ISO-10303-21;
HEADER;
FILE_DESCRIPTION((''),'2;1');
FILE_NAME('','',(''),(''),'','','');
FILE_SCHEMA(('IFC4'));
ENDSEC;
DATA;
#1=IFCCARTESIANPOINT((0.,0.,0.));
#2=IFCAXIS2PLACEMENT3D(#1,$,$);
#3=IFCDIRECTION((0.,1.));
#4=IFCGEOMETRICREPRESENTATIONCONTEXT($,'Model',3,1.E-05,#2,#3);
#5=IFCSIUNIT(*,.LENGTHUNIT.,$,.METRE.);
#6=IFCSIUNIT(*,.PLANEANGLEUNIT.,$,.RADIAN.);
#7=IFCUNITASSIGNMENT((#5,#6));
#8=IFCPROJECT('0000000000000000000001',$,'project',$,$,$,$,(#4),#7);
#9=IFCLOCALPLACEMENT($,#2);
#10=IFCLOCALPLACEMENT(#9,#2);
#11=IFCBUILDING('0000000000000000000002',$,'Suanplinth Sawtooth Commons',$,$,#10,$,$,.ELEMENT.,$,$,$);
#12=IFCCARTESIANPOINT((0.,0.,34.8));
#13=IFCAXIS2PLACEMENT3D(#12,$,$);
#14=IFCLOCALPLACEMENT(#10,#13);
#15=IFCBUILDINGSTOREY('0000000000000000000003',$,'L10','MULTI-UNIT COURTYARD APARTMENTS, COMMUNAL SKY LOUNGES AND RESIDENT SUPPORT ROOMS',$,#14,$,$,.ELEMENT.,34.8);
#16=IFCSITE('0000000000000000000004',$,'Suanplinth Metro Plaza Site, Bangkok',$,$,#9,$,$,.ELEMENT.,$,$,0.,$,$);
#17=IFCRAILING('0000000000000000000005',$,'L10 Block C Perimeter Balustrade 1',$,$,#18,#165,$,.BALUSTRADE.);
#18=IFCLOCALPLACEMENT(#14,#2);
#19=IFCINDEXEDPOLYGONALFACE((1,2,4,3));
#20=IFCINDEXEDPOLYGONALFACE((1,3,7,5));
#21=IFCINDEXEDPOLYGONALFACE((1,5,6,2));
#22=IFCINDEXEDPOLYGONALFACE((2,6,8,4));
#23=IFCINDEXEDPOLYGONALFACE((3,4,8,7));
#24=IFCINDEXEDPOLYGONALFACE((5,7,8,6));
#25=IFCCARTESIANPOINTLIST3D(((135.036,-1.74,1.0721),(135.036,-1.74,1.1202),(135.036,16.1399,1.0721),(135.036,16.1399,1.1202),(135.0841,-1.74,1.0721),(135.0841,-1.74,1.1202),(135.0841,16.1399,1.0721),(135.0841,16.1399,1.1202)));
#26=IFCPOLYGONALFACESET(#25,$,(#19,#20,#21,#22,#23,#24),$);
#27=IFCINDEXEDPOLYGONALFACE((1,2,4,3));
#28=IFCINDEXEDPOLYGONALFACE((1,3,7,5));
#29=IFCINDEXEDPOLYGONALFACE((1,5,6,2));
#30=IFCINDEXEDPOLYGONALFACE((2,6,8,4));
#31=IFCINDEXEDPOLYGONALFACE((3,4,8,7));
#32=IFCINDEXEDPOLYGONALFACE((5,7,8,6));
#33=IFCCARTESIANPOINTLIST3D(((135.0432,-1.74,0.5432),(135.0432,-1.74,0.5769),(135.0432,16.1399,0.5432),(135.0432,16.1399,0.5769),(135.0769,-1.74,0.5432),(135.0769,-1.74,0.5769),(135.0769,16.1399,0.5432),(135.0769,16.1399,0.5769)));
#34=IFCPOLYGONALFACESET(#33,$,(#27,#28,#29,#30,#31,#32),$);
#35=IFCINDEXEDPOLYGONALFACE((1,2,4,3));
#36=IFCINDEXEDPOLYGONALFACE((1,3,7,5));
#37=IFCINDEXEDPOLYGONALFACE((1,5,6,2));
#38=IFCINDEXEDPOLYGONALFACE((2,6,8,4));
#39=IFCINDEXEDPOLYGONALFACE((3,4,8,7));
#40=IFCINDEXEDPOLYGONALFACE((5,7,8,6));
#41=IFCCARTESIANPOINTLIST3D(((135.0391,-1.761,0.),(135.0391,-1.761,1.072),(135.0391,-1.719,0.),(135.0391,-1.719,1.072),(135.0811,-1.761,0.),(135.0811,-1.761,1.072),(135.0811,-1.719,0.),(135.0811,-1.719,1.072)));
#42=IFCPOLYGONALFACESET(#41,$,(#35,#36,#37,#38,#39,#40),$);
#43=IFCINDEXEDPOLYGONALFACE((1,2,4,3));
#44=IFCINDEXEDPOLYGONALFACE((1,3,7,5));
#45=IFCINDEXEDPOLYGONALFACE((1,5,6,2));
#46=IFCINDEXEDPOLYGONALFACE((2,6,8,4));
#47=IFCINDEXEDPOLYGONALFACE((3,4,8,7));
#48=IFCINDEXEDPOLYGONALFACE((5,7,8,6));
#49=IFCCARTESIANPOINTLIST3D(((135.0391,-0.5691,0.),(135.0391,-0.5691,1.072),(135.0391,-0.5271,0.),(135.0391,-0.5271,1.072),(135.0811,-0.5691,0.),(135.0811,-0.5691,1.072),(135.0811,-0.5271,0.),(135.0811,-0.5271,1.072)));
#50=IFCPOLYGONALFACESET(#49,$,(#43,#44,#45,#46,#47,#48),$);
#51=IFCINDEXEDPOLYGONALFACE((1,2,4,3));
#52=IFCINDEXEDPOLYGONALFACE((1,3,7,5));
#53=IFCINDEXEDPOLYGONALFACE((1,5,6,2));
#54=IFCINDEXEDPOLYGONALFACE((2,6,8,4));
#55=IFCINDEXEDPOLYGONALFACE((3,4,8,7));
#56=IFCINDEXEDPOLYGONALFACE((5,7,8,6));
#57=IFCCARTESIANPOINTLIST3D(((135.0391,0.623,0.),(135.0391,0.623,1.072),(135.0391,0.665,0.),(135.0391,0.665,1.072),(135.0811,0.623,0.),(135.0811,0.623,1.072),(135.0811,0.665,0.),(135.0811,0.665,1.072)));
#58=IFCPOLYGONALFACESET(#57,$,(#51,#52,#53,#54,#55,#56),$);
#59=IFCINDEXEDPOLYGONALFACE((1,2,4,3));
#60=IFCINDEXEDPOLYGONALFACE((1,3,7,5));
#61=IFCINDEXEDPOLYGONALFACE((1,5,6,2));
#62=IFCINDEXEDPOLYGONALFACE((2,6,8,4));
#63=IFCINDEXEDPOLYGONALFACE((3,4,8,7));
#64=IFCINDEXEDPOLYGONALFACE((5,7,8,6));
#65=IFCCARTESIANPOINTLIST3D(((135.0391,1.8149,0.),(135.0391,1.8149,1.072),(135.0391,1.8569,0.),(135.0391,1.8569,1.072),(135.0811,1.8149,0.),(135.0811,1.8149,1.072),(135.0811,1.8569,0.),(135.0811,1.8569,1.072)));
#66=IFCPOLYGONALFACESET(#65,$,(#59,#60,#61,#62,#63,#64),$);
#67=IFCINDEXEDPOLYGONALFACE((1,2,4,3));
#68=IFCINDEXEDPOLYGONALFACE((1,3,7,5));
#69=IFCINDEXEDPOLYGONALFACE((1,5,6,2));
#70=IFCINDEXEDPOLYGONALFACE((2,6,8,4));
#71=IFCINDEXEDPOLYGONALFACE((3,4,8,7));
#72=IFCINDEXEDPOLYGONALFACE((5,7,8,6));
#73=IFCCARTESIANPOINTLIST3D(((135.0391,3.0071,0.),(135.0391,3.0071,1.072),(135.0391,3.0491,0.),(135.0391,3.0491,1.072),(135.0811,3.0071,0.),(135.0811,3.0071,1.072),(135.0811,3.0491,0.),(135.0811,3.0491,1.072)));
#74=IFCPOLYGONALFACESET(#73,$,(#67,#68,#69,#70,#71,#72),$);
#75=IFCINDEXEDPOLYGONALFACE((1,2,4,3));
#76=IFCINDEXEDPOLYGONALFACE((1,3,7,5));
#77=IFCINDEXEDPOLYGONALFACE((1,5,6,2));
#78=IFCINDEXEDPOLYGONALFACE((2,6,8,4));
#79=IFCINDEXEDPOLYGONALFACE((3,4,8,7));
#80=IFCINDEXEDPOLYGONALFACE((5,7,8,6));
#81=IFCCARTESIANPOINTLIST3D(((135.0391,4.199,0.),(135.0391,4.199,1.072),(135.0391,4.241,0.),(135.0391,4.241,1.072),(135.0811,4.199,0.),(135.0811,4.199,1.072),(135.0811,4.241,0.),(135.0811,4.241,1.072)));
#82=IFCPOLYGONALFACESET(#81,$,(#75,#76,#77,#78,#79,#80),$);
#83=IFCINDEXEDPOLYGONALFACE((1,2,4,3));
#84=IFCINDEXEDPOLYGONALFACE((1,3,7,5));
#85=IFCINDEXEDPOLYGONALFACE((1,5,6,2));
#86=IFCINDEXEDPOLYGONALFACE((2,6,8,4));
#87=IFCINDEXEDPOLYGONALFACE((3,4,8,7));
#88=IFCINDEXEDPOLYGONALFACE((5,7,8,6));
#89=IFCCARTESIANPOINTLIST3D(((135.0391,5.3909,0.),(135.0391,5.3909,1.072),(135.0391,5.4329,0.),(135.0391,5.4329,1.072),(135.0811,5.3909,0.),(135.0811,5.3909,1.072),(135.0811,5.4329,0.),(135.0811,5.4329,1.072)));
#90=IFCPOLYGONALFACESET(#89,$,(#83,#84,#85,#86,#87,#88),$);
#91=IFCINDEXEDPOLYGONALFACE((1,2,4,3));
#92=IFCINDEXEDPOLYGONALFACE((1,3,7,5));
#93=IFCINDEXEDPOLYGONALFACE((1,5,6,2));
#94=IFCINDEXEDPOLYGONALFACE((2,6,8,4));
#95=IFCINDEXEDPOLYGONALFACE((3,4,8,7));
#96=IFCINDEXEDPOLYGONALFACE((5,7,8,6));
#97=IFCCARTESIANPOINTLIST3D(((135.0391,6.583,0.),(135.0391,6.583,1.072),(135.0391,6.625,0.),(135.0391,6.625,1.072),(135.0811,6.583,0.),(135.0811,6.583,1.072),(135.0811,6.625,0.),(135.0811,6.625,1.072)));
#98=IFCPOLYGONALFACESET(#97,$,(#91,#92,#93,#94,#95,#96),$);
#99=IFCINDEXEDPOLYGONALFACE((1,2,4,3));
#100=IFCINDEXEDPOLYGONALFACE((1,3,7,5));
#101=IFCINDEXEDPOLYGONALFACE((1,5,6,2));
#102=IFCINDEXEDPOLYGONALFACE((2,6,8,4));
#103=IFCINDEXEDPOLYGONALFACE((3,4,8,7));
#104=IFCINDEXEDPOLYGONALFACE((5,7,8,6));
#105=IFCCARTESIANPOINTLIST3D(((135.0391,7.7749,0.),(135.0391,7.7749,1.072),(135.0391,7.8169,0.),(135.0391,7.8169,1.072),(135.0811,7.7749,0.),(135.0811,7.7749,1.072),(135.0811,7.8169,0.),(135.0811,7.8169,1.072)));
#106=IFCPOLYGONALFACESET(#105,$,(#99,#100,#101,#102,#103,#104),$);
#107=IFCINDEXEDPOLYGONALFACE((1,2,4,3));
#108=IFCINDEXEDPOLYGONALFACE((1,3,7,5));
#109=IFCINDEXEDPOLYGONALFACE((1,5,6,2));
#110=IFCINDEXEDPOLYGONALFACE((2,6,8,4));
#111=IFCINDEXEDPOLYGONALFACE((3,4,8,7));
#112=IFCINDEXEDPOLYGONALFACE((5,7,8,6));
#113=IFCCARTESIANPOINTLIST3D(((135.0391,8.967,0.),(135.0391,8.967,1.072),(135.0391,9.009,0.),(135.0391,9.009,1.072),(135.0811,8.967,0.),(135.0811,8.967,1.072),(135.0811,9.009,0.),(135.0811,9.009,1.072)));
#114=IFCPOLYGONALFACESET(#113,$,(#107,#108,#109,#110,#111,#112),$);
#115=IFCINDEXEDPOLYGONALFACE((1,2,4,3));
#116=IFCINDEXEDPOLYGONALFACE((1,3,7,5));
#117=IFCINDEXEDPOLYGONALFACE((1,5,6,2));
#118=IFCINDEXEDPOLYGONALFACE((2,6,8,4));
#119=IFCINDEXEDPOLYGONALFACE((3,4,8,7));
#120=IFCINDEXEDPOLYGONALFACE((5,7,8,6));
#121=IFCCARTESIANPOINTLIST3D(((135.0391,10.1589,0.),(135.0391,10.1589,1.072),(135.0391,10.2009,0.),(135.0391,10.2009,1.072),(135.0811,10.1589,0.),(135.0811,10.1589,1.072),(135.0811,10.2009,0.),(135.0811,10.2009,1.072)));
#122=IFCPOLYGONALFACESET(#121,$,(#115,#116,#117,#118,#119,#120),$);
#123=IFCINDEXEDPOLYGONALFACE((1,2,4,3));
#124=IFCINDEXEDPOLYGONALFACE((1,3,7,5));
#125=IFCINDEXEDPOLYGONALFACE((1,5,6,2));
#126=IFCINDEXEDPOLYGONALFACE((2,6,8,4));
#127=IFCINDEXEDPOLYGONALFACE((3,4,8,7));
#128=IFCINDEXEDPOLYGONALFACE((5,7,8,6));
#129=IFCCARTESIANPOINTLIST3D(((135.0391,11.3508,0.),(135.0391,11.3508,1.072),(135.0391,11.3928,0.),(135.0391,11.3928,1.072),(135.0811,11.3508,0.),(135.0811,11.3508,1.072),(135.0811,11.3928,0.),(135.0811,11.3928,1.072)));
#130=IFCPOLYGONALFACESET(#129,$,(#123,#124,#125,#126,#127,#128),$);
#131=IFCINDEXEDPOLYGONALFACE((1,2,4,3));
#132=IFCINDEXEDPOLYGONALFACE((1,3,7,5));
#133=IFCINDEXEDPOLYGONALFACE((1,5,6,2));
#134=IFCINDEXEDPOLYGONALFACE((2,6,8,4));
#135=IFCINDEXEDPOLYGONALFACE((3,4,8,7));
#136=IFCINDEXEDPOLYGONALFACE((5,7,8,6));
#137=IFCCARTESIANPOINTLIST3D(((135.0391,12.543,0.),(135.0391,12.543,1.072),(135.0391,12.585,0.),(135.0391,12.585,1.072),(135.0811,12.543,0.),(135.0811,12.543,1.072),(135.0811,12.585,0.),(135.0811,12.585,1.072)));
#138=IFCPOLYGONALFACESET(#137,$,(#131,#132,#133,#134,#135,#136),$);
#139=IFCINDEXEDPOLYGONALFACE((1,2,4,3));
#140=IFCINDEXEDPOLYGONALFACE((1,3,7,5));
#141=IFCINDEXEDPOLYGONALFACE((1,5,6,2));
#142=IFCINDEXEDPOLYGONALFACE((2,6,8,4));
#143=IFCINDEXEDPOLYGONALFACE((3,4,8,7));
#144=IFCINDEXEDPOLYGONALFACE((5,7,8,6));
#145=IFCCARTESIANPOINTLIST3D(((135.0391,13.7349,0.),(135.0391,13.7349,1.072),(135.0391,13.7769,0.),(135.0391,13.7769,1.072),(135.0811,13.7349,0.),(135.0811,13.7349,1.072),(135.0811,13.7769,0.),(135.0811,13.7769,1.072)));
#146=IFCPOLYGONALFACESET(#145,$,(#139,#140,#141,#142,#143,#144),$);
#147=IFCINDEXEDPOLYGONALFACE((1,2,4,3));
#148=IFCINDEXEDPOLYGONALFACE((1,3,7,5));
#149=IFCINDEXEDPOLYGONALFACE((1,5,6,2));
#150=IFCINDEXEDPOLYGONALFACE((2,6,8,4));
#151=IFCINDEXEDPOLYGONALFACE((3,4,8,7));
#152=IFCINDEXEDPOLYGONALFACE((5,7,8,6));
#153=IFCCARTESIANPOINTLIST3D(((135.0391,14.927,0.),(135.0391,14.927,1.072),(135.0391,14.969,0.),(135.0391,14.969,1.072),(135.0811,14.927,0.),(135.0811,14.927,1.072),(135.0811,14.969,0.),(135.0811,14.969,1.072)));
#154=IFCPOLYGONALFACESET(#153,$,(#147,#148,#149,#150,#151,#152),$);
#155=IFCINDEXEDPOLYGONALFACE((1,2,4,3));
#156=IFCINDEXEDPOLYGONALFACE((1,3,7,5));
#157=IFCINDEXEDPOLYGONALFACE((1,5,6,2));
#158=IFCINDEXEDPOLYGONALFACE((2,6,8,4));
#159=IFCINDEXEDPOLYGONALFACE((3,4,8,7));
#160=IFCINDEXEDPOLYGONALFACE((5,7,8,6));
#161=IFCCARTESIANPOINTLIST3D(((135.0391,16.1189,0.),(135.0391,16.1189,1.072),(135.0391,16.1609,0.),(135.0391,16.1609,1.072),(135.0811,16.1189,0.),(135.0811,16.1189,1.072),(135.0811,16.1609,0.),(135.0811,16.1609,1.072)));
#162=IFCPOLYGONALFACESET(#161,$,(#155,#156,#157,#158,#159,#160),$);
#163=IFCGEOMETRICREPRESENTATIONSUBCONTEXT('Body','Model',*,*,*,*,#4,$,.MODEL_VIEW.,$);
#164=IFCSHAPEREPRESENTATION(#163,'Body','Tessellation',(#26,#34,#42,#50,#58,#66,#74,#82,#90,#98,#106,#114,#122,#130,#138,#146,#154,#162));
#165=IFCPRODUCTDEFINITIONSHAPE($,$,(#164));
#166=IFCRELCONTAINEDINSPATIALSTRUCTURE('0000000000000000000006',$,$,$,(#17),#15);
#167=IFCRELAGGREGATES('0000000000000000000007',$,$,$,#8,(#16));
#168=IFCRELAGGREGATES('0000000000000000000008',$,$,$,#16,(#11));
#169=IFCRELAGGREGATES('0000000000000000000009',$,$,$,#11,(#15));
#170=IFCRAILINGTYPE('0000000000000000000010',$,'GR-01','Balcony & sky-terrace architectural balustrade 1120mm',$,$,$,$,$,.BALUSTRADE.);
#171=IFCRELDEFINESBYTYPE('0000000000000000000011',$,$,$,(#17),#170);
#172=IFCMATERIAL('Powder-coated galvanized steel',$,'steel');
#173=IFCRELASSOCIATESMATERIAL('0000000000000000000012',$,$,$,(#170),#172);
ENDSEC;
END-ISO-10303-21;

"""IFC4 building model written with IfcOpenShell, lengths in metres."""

from ifc_helpers import new_model, si_unit, direction, frame, origin, origin_2d, place, context, subcontext, project, spatial, rectangle, extrude, material, type_object, element, save


model = new_model("IFC4")

# Units and contexts
model_context = context("Model", 3, precision=1e-05, world=origin(), true_north=direction((0.0, 1.0)))
body_context = subcontext(model_context, "Body", "Model", "MODEL_VIEW")
ifc_project = project(units=[si_unit("LENGTHUNIT", "METRE"), si_unit("PLANEANGLEUNIT", "RADIAN")], contexts=[model_context])

# Site, building, storey
site_placement = place(None, origin())
site = spatial("IfcSite", under=ifc_project, at=site_placement, Name="Suanplinth Metro Plaza Site, Bangkok", CompositionType="ELEMENT", RefElevation=0.0)
building_placement = place(site_placement, origin())
building = spatial("IfcBuilding", under=site, at=building_placement, Name="Suanplinth Sawtooth Commons", CompositionType="ELEMENT")
storey_placement = place(building_placement, frame((0.0, 0.0, 34.8)))
storey = spatial("IfcBuildingStorey", under=building, at=storey_placement, Name="L10", Description="MULTI-UNIT COURTYARD APARTMENTS, COMMUNAL SKY LOUNGES AND RESIDENT SUPPORT ROOMS", CompositionType="ELEMENT", Elevation=34.8)

# Railing
ifc_material_1 = material(Name="Powder-coated galvanized steel", Category="steel")
railing_type = type_object("IfcRailingType", Name="GR-01", Description="Balcony & sky-terrace architectural balustrade 1120mm", PredefinedType="BALUSTRADE", material=ifc_material_1)
railing_placement = place(storey_placement, frame((135.0601, -1.74, 0.0)))
element("IfcRailing", 1, at=railing_placement, inside=storey, type_object=railing_type, Name="L10 Block C Perimeter Balustrade 1", PredefinedType="BALUSTRADE", context=body_context, shape_type="SweptSolid", body=[
    extrude(rectangle(XDim=0.0481, YDim=0.0481, at=origin_2d()), frame((0.0, 0.0, 1.0962), z_axis=(0.0, 1.0, 0.0), x_axis=(-1.0, 0.0, 0.0)), (0.0, 0.0, 1.0), 17.8799),
    extrude(rectangle(XDim=0.0337, YDim=0.0337, at=origin_2d()), frame((0.0, 0.0, 0.5601), z_axis=(0.0, 1.0, 0.0), x_axis=(-1.0, 0.0, 0.0)), (0.0, 0.0, 1.0), 17.8799),
    extrude(rectangle(XDim=0.042, YDim=0.042, at=origin_2d()), origin(), (0.0, 0.0, 1.0), 1.072),
    extrude(rectangle(XDim=0.042, YDim=0.042, at=origin_2d()), frame((0.0, 1.1919, 0.0)), (0.0, 0.0, 1.0), 1.072),
    extrude(rectangle(XDim=0.042, YDim=0.042, at=origin_2d()), frame((0.0, 2.384, 0.0)), (0.0, 0.0, 1.0), 1.072),
    extrude(rectangle(XDim=0.042, YDim=0.042, at=origin_2d()), frame((0.0, 3.5759, 0.0)), (0.0, 0.0, 1.0), 1.072),
    extrude(rectangle(XDim=0.042, YDim=0.042, at=origin_2d()), frame((0.0, 4.7681, 0.0)), (0.0, 0.0, 1.0), 1.072),
    extrude(rectangle(XDim=0.042, YDim=0.042, at=origin_2d()), frame((0.0, 5.96, 0.0)), (0.0, 0.0, 1.0), 1.072),
    extrude(rectangle(XDim=0.042, YDim=0.042, at=origin_2d()), frame((0.0, 7.1519, 0.0)), (0.0, 0.0, 1.0), 1.072),
    extrude(rectangle(XDim=0.042, YDim=0.042, at=origin_2d()), frame((0.0, 8.344, 0.0)), (0.0, 0.0, 1.0), 1.072),
    extrude(rectangle(XDim=0.042, YDim=0.042, at=origin_2d()), frame((0.0, 9.5359, 0.0)), (0.0, 0.0, 1.0), 1.072),
    extrude(rectangle(XDim=0.042, YDim=0.042, at=origin_2d()), frame((0.0, 10.728, 0.0)), (0.0, 0.0, 1.0), 1.072),
    extrude(rectangle(XDim=0.042, YDim=0.042, at=origin_2d()), frame((0.0, 11.9199, 0.0)), (0.0, 0.0, 1.0), 1.072),
    extrude(rectangle(XDim=0.042, YDim=0.042, at=origin_2d()), frame((0.0, 13.1118, 0.0)), (0.0, 0.0, 1.0), 1.072),
    extrude(rectangle(XDim=0.042, YDim=0.042, at=origin_2d()), frame((0.0, 14.304, 0.0)), (0.0, 0.0, 1.0), 1.072),
    extrude(rectangle(XDim=0.042, YDim=0.042, at=origin_2d()), frame((0.0, 15.4958, 0.0)), (0.0, 0.0, 1.0), 1.072),
    extrude(rectangle(XDim=0.042, YDim=0.042, at=origin_2d()), frame((0.0, 16.688, 0.0)), (0.0, 0.0, 1.0), 1.072),
    extrude(rectangle(XDim=0.042, YDim=0.042, at=origin_2d()), frame((0.0, 17.8799, 0.0)), (0.0, 0.0, 1.0), 1.072),
])

save(model, "model.ifc")
